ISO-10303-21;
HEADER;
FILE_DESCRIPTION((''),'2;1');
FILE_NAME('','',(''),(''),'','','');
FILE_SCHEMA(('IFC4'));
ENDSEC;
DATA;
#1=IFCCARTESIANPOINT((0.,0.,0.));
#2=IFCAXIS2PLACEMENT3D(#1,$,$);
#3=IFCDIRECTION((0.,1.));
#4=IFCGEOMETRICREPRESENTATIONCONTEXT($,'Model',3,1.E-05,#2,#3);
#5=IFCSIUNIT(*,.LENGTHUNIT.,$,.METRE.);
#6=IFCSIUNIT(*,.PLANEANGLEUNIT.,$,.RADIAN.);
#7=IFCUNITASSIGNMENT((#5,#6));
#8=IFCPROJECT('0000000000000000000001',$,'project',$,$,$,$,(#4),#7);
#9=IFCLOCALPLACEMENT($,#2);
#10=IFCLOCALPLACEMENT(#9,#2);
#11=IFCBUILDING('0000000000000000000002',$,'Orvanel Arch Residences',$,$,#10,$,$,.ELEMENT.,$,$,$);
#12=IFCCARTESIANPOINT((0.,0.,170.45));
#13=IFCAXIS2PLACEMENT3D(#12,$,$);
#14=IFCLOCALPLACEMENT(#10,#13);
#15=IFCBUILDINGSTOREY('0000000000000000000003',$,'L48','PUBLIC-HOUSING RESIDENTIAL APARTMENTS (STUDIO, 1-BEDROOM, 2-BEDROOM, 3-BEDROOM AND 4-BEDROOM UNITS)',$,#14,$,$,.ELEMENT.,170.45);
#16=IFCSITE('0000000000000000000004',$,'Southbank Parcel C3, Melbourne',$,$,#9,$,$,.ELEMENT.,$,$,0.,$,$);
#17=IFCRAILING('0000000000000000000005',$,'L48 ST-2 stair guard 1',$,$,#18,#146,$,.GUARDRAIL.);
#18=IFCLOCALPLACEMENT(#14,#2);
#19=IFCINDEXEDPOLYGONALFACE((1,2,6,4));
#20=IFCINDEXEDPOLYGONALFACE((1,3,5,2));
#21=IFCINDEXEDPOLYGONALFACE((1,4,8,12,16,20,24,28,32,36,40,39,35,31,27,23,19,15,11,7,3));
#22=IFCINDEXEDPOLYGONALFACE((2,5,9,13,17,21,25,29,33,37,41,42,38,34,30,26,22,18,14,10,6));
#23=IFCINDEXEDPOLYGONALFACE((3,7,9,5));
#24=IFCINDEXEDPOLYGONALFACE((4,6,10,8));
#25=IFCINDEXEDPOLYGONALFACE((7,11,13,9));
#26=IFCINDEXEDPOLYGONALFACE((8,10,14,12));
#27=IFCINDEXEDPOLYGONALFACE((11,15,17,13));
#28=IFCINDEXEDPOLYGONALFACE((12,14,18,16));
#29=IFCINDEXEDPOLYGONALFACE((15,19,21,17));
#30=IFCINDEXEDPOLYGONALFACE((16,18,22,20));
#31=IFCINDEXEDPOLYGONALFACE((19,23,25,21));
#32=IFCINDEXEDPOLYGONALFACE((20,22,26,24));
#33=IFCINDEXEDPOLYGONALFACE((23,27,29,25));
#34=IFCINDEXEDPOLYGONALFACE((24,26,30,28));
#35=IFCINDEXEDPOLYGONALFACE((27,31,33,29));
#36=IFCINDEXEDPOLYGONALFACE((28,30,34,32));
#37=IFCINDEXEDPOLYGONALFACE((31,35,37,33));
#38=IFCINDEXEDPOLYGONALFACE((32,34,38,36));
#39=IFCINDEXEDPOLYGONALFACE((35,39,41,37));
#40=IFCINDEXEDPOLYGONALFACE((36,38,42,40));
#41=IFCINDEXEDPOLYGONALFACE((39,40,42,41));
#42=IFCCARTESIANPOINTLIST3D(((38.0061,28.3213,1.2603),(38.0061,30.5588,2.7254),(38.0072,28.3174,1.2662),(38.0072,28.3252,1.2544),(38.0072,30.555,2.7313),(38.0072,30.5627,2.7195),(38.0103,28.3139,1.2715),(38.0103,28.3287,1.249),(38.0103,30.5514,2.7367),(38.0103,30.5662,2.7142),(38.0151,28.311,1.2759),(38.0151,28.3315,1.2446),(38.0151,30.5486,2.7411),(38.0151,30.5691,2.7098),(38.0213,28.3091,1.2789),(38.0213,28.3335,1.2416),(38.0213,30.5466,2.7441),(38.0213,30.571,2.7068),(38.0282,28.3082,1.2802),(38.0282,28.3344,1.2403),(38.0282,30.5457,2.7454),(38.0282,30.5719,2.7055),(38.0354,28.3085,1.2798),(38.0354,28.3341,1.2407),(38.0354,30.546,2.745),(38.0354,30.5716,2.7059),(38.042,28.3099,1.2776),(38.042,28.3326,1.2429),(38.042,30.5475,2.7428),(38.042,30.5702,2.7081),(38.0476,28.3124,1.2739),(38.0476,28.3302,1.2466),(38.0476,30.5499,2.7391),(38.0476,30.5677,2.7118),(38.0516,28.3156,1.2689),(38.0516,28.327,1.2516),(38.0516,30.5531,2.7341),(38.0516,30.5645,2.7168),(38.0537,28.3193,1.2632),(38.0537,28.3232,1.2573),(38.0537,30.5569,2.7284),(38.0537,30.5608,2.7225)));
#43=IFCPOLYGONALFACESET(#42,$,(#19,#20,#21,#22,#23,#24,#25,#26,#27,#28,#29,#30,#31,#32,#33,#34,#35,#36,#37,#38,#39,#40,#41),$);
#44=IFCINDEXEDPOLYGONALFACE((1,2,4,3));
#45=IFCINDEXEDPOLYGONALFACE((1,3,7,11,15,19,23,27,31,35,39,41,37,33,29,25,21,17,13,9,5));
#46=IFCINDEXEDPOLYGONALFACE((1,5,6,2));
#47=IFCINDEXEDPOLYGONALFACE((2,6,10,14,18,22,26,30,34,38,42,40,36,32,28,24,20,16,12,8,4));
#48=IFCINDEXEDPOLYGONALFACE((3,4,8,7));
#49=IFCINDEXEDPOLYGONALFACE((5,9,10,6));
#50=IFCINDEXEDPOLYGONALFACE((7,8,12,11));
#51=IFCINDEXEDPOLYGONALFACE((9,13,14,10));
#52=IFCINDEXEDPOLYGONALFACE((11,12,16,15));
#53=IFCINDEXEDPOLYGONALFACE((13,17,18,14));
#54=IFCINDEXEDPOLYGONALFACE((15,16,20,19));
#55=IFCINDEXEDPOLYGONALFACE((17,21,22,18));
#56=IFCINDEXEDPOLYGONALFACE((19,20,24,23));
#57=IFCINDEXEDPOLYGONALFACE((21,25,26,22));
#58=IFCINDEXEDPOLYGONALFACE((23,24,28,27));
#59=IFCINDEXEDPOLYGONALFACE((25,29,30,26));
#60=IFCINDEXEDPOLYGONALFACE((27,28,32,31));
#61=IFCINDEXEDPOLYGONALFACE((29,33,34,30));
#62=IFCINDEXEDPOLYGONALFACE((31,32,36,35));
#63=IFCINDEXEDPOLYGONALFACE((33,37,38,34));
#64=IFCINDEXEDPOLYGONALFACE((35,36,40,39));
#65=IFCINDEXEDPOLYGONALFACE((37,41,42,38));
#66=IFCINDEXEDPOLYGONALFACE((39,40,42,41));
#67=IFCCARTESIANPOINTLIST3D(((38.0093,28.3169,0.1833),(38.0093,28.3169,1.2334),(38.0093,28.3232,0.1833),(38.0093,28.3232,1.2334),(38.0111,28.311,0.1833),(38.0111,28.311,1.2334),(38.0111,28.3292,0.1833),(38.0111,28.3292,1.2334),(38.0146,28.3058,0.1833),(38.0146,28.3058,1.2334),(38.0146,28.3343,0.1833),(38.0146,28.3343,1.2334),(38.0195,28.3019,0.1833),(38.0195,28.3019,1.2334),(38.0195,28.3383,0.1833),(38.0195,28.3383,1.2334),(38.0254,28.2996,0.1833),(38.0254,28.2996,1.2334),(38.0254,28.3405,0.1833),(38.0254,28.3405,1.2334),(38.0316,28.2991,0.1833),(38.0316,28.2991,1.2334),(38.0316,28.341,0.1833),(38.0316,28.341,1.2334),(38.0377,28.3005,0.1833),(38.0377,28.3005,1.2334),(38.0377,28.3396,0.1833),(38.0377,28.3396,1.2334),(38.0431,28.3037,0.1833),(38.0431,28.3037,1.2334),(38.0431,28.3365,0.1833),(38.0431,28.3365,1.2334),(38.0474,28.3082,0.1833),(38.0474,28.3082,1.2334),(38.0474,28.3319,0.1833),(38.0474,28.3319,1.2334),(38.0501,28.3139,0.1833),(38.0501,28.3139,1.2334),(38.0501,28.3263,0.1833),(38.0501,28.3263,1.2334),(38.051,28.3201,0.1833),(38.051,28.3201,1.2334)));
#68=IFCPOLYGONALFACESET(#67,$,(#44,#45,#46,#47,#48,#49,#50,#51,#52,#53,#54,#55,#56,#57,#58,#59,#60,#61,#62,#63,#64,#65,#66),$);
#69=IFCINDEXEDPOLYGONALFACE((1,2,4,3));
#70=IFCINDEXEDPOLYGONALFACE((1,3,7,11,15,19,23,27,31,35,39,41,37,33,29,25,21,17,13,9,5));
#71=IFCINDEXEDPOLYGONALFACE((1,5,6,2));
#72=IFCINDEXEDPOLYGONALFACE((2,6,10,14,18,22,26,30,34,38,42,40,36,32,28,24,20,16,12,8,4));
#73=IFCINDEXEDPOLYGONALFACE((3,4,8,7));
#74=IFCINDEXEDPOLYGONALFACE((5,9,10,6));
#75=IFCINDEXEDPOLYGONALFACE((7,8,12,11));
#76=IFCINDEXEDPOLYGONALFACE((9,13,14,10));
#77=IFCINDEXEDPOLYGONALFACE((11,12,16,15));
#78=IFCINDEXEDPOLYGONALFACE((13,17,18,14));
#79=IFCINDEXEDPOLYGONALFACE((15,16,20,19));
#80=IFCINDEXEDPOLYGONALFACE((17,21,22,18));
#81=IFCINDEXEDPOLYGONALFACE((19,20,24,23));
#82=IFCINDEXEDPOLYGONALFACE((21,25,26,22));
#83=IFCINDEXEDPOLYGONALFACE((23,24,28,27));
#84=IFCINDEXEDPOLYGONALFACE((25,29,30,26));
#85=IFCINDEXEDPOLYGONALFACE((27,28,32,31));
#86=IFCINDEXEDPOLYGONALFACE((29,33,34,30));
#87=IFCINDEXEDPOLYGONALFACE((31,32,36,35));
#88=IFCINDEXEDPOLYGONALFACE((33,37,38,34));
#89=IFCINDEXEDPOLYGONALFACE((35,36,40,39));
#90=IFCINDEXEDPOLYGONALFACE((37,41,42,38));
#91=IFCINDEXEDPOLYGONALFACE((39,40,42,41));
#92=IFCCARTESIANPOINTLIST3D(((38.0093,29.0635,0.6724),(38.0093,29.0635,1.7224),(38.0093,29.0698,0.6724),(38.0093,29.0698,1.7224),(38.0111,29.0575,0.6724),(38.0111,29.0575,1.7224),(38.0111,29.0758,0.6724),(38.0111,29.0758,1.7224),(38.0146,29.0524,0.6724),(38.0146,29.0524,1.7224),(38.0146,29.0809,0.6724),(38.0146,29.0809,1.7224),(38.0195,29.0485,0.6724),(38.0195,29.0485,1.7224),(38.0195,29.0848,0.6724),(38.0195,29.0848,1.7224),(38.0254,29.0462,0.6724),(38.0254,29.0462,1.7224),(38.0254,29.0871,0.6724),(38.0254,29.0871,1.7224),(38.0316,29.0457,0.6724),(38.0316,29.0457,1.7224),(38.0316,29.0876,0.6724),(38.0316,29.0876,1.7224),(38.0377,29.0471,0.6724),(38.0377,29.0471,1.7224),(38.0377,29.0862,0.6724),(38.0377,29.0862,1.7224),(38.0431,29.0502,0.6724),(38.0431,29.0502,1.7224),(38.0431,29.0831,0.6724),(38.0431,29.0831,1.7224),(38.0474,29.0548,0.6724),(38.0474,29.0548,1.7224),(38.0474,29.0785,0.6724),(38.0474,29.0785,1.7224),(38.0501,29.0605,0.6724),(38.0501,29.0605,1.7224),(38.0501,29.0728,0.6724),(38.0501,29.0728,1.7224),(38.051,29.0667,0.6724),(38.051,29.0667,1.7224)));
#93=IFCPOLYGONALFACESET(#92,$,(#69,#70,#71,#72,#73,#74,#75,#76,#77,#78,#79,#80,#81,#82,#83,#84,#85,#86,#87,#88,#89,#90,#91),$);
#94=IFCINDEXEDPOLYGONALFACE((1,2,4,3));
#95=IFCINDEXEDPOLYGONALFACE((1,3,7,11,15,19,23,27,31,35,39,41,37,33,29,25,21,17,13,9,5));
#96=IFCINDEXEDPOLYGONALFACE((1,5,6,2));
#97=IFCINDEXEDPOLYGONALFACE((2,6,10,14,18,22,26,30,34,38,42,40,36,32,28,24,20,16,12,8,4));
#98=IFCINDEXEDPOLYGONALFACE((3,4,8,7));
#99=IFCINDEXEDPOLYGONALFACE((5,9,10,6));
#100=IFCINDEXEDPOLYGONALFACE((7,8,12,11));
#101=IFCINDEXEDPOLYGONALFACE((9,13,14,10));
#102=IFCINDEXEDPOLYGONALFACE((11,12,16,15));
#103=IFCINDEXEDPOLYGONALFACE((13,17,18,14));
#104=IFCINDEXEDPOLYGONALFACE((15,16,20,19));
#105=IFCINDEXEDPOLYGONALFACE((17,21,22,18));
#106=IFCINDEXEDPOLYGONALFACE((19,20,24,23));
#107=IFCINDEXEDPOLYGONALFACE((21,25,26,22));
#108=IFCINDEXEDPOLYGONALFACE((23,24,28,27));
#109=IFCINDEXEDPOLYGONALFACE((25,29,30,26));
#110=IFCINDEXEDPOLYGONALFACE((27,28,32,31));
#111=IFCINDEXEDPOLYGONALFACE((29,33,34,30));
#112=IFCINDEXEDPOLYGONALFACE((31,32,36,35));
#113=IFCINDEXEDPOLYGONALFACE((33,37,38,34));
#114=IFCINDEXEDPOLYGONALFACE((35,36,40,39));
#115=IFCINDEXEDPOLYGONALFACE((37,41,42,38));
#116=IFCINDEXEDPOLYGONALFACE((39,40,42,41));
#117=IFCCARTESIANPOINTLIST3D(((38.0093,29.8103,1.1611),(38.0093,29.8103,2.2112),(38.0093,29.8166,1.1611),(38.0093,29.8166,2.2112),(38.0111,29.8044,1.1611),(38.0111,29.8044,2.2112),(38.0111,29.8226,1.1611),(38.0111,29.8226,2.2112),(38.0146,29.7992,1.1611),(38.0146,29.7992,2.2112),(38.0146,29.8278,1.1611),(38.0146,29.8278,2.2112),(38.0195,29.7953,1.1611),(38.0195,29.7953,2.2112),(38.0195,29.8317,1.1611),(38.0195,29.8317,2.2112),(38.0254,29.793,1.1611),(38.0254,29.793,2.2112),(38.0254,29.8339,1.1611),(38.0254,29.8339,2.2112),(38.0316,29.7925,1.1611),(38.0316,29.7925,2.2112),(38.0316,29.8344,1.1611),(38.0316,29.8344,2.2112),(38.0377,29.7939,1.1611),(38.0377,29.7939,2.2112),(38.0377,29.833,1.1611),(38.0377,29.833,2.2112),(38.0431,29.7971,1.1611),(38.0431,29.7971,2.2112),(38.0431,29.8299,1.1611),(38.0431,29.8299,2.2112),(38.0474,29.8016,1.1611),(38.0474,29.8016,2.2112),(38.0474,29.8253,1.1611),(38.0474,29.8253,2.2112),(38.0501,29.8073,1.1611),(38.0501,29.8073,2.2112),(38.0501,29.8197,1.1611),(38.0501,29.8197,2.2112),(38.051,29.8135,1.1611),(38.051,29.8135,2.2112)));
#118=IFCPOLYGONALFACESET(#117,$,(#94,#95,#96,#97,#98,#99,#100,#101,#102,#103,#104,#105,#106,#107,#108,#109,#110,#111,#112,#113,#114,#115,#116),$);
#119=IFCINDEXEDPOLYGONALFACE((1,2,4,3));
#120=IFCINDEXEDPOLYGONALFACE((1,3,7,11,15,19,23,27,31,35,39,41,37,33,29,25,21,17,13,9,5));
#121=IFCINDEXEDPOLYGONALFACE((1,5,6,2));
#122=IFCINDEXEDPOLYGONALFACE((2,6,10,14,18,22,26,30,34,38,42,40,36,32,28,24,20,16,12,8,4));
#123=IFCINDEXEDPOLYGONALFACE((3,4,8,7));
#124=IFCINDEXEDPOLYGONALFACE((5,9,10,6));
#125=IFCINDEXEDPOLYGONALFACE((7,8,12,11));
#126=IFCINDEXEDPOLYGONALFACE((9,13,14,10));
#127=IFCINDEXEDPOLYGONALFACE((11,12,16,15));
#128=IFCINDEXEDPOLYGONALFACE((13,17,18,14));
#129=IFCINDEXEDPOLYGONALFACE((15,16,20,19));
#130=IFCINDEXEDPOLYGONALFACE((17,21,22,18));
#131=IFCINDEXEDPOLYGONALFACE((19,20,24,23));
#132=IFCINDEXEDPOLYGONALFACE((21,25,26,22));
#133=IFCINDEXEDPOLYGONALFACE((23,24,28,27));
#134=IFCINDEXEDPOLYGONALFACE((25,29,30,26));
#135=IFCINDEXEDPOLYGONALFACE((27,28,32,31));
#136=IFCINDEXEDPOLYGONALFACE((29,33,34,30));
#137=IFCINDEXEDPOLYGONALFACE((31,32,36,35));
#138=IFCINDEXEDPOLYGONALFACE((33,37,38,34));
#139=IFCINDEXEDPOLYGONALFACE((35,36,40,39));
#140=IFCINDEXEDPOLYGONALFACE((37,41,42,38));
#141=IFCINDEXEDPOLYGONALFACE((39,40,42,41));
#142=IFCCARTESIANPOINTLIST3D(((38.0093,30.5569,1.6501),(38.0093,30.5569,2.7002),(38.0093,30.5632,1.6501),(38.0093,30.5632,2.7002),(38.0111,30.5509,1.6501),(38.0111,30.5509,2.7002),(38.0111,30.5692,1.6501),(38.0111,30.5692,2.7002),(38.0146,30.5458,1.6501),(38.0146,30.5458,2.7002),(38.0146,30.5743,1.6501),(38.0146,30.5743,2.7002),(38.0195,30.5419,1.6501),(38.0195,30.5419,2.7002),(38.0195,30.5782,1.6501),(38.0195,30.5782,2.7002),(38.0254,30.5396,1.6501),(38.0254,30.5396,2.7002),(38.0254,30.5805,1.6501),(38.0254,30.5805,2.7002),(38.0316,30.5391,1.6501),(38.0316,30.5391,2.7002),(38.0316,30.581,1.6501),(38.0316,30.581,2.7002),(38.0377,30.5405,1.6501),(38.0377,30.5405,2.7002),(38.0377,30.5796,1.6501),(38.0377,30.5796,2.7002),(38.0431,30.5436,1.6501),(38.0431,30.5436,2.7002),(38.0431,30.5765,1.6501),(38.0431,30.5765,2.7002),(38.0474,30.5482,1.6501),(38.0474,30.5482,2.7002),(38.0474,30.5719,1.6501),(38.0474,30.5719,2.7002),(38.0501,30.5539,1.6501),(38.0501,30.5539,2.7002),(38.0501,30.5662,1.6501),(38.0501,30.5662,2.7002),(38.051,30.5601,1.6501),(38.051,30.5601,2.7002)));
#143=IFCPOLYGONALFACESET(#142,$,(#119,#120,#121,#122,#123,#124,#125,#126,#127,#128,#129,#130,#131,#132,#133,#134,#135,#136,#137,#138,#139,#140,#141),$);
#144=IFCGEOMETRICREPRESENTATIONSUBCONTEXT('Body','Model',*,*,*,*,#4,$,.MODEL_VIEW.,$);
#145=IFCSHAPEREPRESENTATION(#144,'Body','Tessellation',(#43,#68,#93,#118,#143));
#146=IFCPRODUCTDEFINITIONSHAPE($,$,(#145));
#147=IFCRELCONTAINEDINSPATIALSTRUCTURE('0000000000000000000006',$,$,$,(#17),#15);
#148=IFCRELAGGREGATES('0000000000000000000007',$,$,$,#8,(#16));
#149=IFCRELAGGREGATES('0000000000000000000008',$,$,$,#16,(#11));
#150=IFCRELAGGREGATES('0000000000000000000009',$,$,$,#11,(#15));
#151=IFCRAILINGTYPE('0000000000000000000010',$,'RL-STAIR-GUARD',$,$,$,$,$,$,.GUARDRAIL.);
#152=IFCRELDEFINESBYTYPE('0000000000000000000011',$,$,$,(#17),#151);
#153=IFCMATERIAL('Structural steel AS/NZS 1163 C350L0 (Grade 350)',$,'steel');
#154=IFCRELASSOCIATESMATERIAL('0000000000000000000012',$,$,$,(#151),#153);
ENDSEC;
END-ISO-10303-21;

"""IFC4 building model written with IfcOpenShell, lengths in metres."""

from ifc_helpers import new_model, si_unit, direction, frame, origin, origin_2d, place, context, subcontext, project, spatial, circle, extrude, material, type_object, element, save


model = new_model("IFC4")

# Units and contexts
model_context = context("Model", 3, precision=1e-05, world=origin(), true_north=direction((0.0, 1.0)))
body_context = subcontext(model_context, "Body", "Model", "MODEL_VIEW")
ifc_project = project(units=[si_unit("LENGTHUNIT", "METRE"), si_unit("PLANEANGLEUNIT", "RADIAN")], contexts=[model_context])

# Site, building, storey
site_placement = place(None, origin())
site = spatial("IfcSite", under=ifc_project, at=site_placement, Name="Southbank Parcel C3, Melbourne", CompositionType="ELEMENT", RefElevation=0.0)
building_placement = place(site_placement, origin())
building = spatial("IfcBuilding", under=site, at=building_placement, Name="Orvanel Arch Residences", CompositionType="ELEMENT")
storey_placement = place(building_placement, frame((0.0, 0.0, 170.45)))
storey = spatial("IfcBuildingStorey", under=building, at=storey_placement, Name="L48", Description="PUBLIC-HOUSING RESIDENTIAL APARTMENTS (STUDIO, 1-BEDROOM, 2-BEDROOM, 3-BEDROOM AND 4-BEDROOM UNITS)", CompositionType="ELEMENT", Elevation=170.45)

# Railing
ifc_material_1 = material(Name="Structural steel AS/NZS 1163 C350L0 (Grade 350)", Category="steel")
railing_type_1 = type_object("IfcRailingType", Name="RL-STAIR-GUARD", PredefinedType="GUARDRAIL", material=ifc_material_1)
railing_1_placement = place(storey_placement, frame((38.03, 28.3201, 0.1833)))
element("IfcRailing", 1, at=railing_1_placement, inside=storey, type_object=railing_type_1, Name="L48 ST-2 stair guard 1", PredefinedType="GUARDRAIL", context=body_context, shape_type="SweptSolid", body=[
    extrude(circle(Radius=0.0239, at=origin_2d()), frame((0.0, 0.0012, 1.0769), z_axis=(0.0, 0.836595, 0.547822), x_axis=(-1.0, 0.0, 0.0)), (0.0, 0.0, 1.0), 2.6746),
    extrude(circle(Radius=0.021, at=origin_2d()), origin(), (0.0, 0.0, 1.0), 1.05),
    extrude(circle(Radius=0.021, at=origin_2d()), frame((0.0, 0.7466, 0.489)), (0.0, 0.0, 1.0), 1.05),
    extrude(circle(Radius=0.021, at=origin_2d()), frame((0.0, 1.4934, 0.9778)), (0.0, 0.0, 1.0), 1.05),
    extrude(circle(Radius=0.021, at=origin_2d()), frame((0.0, 2.24, 1.4668)), (0.0, 0.0, 1.0), 1.05),
])

save(model, "model.ifc")
